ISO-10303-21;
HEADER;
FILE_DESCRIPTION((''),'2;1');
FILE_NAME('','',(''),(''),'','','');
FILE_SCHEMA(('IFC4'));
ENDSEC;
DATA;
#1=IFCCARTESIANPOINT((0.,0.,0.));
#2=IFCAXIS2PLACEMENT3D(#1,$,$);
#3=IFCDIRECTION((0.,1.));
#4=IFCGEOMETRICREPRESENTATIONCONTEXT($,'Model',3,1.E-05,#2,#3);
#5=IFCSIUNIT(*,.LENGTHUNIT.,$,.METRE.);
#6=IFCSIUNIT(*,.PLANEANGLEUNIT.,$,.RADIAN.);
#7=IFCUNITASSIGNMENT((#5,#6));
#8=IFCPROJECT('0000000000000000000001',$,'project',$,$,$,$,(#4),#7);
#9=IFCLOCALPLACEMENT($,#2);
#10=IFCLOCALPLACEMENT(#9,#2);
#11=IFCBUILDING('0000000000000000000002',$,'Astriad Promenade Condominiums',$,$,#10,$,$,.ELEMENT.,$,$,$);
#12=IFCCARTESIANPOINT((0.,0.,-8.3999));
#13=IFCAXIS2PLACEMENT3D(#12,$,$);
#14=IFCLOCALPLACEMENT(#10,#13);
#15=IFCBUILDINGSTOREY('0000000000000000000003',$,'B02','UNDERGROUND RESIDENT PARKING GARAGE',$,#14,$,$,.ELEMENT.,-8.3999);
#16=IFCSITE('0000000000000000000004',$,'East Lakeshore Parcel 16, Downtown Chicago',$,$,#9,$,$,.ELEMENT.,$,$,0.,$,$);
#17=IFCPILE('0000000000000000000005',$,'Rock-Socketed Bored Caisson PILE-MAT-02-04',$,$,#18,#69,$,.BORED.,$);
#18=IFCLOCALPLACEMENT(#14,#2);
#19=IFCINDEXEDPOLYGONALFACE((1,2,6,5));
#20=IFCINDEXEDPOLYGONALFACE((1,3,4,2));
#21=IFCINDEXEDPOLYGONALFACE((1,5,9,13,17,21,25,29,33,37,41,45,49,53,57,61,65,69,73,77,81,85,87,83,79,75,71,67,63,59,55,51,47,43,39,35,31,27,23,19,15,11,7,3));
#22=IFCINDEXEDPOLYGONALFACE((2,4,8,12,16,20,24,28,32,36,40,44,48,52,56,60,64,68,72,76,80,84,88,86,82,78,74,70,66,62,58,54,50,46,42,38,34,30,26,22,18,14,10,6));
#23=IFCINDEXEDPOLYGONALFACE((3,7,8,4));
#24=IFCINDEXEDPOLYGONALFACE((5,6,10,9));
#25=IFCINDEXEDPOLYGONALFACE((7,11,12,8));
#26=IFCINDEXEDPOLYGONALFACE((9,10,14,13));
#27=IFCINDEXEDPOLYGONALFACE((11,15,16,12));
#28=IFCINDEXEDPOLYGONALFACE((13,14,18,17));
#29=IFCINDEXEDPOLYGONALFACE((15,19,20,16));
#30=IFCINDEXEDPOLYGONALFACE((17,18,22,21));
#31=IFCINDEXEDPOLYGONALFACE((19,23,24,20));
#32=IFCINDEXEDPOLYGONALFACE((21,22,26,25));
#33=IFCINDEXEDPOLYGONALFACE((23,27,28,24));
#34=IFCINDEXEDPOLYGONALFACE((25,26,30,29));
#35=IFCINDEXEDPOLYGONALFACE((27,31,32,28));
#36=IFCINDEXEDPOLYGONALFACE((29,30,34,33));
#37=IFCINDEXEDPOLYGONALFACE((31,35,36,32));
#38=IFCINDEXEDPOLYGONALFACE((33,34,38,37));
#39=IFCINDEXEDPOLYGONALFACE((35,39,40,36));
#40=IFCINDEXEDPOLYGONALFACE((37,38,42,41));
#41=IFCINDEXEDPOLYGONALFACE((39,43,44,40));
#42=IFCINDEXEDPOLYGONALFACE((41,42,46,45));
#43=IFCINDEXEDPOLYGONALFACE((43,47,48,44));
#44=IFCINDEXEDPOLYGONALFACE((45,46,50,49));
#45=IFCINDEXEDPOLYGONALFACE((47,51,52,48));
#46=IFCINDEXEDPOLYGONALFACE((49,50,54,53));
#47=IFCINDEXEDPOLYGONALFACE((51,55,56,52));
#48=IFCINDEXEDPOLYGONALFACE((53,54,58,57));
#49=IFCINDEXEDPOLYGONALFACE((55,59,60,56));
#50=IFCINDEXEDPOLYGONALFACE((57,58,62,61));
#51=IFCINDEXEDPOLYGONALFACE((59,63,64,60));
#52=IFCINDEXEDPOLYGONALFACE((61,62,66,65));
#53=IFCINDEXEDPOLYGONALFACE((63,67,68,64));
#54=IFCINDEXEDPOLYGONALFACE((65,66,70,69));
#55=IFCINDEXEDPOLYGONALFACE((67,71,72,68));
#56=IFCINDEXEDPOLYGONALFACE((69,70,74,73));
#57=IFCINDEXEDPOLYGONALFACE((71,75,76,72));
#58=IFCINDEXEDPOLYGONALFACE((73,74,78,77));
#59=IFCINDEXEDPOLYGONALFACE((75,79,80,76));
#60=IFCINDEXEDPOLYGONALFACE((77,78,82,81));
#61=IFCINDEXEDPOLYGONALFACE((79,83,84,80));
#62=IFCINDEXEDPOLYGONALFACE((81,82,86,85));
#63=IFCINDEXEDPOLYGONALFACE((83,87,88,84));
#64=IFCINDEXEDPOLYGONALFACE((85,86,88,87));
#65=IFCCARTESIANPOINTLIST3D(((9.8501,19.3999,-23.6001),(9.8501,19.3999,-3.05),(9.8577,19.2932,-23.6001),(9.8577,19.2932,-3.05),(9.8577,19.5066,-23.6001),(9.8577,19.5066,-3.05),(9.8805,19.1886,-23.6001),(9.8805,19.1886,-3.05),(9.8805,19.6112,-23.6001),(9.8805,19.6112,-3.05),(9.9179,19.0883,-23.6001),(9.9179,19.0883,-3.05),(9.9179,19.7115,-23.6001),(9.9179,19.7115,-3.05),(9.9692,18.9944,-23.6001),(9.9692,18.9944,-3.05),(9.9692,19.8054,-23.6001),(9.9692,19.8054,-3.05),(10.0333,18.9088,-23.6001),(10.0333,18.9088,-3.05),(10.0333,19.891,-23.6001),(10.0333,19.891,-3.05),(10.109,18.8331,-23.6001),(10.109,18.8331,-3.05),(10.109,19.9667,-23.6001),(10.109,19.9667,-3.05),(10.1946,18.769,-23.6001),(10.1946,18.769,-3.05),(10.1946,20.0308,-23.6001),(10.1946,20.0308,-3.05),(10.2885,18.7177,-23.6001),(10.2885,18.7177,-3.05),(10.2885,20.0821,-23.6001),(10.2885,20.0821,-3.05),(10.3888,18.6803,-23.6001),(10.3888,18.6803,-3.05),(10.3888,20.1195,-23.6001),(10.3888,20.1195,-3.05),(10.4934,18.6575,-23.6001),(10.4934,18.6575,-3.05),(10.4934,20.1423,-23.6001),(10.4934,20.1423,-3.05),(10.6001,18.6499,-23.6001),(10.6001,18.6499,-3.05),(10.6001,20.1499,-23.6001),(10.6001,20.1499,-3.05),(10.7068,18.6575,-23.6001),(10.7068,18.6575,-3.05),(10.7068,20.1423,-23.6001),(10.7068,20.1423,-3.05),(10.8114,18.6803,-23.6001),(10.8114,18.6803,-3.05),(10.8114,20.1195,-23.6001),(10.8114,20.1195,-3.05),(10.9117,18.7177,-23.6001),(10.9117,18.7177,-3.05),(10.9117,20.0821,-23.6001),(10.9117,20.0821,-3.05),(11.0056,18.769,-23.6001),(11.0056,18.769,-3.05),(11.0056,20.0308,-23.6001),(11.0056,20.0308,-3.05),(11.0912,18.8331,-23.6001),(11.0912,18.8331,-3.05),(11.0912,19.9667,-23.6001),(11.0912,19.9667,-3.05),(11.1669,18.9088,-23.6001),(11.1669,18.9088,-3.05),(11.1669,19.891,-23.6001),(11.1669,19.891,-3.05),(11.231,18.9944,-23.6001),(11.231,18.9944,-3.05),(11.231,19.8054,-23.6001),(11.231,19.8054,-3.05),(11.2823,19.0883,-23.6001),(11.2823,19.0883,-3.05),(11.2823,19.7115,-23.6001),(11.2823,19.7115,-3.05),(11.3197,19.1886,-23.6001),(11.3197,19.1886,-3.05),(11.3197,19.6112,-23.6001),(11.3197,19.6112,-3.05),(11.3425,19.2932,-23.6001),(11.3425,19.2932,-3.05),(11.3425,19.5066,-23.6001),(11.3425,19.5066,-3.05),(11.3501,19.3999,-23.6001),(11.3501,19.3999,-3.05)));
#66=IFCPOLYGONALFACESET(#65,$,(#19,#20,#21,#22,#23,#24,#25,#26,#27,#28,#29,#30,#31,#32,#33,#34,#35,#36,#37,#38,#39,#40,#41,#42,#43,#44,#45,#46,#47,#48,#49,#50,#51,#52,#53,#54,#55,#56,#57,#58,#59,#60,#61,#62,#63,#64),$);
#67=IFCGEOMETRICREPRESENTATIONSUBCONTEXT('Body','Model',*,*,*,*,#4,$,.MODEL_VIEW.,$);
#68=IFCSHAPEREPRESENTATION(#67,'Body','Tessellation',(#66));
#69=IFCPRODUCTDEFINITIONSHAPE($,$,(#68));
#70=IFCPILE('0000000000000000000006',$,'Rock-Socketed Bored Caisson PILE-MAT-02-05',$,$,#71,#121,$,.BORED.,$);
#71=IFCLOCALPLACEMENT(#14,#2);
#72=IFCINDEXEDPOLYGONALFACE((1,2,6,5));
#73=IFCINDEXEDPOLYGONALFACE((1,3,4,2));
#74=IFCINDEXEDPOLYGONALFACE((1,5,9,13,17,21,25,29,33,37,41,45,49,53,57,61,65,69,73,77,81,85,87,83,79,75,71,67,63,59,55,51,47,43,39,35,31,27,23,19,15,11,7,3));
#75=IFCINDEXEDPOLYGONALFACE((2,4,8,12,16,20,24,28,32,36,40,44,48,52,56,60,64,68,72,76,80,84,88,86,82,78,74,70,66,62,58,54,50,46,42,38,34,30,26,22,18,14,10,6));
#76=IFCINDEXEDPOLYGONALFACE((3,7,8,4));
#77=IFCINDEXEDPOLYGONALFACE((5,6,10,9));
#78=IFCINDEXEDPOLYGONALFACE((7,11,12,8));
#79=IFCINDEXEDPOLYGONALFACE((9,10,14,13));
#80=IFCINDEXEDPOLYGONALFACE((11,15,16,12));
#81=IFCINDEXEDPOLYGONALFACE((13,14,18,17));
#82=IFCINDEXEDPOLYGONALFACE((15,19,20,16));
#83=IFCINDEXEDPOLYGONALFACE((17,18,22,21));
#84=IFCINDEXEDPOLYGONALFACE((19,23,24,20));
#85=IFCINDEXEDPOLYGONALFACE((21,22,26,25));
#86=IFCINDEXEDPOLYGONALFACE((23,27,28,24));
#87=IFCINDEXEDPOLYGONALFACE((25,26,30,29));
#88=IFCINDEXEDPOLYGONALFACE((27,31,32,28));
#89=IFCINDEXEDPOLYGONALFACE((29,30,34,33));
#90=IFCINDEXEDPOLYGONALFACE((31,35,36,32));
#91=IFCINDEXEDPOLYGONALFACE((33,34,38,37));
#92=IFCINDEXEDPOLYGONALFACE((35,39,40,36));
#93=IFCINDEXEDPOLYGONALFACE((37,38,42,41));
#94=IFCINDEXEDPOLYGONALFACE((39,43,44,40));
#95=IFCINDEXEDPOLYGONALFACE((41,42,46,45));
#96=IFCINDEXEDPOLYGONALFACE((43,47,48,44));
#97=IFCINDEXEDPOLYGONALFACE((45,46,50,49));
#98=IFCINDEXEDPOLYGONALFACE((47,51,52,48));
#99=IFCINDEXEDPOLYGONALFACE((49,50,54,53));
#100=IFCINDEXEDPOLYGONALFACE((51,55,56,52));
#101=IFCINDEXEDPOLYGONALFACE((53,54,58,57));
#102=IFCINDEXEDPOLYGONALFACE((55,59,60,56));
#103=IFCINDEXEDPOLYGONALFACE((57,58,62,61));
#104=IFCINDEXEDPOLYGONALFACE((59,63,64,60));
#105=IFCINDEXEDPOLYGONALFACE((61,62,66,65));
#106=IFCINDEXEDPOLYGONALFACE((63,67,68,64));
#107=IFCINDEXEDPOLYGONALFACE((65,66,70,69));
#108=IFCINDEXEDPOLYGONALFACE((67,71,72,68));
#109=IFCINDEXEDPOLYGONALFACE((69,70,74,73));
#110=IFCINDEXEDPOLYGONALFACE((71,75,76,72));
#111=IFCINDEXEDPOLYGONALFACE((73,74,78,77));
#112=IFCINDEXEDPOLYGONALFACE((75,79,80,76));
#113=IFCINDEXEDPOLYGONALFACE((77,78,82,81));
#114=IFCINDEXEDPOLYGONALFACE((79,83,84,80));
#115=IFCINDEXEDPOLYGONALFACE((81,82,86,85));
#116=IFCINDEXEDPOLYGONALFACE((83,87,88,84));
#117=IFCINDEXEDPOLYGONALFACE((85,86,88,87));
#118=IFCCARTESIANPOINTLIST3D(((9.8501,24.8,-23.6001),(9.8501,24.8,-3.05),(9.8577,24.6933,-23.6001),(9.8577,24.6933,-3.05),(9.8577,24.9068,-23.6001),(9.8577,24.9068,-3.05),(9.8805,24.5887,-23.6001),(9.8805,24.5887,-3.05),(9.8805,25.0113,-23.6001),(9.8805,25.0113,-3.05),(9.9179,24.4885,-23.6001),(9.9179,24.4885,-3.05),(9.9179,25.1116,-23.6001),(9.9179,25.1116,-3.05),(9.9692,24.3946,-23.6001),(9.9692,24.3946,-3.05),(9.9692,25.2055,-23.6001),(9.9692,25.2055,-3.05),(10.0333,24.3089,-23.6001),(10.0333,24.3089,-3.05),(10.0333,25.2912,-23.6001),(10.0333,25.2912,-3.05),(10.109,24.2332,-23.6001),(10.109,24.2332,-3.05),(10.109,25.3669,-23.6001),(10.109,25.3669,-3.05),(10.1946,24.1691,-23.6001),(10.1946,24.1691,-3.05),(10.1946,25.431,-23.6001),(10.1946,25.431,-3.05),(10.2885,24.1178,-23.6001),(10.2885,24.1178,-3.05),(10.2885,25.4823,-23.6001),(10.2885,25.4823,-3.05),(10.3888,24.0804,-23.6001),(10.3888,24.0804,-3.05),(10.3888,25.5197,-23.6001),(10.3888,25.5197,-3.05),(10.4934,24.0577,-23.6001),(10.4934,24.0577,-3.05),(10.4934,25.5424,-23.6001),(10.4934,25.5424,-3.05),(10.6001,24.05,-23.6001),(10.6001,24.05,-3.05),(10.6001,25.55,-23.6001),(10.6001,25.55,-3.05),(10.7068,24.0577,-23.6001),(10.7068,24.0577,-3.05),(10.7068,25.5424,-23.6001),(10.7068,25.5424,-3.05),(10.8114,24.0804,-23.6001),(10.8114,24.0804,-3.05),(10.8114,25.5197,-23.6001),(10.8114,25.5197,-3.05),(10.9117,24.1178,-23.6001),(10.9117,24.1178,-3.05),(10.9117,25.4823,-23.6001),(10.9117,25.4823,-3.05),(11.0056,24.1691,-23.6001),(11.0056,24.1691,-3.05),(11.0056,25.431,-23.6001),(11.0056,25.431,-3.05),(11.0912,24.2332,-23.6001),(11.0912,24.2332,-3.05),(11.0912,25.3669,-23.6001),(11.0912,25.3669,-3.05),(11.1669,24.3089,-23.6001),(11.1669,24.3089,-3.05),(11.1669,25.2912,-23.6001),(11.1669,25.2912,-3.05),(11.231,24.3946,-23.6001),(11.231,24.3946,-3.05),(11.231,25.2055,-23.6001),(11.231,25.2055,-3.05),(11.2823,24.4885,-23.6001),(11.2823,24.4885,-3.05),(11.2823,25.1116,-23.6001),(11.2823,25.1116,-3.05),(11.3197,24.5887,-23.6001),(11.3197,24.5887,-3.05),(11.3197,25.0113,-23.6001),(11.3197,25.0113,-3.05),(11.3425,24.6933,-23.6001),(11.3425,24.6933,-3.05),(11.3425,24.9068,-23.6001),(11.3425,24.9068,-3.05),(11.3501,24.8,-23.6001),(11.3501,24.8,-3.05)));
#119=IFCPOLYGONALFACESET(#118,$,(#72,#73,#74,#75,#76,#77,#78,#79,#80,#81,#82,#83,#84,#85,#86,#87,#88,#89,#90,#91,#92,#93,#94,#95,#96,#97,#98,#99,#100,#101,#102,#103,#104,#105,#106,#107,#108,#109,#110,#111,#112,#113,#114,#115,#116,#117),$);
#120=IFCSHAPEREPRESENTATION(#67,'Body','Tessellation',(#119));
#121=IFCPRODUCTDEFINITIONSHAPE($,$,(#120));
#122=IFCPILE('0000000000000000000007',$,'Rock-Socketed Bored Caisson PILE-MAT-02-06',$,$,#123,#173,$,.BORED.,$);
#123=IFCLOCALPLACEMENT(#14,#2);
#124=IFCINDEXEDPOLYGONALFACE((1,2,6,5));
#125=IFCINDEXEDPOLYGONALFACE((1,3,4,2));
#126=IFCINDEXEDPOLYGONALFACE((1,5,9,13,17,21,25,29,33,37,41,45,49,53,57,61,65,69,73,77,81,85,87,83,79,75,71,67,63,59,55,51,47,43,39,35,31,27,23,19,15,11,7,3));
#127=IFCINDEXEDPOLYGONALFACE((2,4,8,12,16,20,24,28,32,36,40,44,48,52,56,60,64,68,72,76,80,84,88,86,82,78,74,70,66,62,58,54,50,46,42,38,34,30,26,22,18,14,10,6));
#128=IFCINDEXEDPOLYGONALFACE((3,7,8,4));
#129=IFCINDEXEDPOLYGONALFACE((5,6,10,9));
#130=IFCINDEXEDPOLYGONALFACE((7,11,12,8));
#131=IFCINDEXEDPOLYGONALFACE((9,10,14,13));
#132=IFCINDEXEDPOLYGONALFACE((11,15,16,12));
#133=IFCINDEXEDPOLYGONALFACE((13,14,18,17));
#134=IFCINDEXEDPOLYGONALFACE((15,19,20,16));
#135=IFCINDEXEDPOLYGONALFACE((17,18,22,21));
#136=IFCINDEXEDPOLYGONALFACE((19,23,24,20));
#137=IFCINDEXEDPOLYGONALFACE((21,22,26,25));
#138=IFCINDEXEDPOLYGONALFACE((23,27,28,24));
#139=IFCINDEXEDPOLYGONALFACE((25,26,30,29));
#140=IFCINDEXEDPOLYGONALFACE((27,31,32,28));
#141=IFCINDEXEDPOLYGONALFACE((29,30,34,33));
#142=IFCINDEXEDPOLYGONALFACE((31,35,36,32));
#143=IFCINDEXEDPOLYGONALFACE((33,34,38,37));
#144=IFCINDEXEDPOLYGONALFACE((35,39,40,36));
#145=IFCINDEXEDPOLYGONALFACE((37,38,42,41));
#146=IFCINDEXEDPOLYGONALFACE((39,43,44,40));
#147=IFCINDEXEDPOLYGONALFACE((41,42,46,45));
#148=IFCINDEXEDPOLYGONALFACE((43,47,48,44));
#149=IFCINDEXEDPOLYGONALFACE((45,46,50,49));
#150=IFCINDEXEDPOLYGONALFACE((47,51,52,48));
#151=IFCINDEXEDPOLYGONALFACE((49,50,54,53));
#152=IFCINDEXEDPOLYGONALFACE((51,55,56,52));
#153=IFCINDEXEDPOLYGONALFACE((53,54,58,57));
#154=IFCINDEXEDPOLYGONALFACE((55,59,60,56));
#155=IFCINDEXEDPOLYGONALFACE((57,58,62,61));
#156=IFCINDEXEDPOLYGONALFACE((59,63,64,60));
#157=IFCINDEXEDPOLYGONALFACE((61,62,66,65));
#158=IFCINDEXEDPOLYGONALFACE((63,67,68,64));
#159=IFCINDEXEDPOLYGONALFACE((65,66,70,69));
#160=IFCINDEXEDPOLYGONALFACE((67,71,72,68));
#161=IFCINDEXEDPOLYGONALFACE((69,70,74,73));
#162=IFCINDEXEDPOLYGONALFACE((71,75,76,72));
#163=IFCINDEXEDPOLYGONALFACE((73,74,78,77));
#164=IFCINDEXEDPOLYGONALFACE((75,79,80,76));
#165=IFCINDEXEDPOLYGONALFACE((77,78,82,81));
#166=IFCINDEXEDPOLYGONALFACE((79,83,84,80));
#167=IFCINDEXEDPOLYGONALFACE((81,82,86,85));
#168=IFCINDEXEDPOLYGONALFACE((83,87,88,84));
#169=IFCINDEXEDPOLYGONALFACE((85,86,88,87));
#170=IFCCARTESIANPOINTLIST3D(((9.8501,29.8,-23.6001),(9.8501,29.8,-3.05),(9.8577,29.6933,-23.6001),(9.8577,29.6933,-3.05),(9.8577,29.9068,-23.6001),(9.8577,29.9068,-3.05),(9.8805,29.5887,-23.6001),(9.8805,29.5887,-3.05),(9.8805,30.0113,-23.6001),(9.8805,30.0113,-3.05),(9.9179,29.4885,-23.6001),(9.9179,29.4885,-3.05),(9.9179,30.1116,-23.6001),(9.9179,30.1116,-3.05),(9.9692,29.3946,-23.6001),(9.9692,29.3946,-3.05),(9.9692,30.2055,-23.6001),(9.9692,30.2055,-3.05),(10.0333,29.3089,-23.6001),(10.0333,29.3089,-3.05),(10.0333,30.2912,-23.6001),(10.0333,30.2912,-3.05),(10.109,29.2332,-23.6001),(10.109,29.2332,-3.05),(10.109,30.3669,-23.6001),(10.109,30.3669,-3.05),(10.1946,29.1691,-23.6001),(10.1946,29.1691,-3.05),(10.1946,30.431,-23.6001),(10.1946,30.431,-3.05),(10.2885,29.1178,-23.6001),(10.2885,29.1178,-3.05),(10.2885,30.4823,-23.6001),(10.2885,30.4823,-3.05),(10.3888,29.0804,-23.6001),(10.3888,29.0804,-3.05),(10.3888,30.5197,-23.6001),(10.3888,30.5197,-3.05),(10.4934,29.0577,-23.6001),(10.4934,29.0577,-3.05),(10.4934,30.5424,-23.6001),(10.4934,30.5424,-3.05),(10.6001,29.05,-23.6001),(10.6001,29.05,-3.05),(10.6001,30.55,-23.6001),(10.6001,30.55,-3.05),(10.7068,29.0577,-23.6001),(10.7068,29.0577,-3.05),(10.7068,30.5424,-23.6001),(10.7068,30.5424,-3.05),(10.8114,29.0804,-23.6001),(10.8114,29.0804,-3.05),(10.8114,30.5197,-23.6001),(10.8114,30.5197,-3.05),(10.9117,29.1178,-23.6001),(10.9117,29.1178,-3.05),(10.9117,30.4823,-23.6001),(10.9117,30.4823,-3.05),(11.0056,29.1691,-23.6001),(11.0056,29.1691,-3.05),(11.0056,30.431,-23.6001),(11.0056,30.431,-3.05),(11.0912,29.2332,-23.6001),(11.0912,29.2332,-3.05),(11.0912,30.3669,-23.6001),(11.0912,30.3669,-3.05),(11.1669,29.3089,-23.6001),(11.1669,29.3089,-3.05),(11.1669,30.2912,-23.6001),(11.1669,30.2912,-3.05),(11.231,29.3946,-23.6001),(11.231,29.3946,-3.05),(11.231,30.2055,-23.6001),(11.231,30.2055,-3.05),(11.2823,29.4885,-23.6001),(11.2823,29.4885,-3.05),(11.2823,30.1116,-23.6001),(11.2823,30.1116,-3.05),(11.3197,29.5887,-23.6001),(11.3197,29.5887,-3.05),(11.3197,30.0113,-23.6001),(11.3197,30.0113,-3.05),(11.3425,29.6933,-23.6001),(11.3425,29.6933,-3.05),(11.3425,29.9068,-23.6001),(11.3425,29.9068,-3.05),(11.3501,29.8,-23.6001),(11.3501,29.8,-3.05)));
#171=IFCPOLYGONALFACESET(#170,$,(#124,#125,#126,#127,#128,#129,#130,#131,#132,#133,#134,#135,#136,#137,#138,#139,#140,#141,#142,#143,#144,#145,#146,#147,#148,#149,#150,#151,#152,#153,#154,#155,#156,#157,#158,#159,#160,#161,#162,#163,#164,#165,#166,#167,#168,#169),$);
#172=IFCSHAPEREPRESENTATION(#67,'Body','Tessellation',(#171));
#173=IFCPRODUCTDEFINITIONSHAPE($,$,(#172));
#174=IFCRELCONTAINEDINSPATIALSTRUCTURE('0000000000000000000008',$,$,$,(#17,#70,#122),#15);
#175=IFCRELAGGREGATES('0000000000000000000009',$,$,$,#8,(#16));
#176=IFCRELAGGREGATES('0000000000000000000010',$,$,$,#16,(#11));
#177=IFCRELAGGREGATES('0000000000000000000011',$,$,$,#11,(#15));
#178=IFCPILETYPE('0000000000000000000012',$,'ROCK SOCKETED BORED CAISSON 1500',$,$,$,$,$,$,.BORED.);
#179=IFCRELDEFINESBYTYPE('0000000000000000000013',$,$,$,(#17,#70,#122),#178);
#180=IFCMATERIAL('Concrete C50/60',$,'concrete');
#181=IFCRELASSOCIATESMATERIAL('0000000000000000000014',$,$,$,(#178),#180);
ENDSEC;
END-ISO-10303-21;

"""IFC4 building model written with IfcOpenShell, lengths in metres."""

from ifc_helpers import new_model, si_unit, direction, frame, origin, origin_2d, place, context, subcontext, project, spatial, circle, extrude, source, transform, mapped, material, material_profile, profile_set, type_object, type_shapes, element, save


model = new_model("IFC4")

# Units and contexts
model_context = context("Model", 3, precision=1e-05, world=origin(), true_north=direction((0.0, 1.0)))
body_context = subcontext(model_context, "Body", "Model", "MODEL_VIEW")
ifc_project = project(units=[si_unit("LENGTHUNIT", "METRE"), si_unit("PLANEANGLEUNIT", "RADIAN")], contexts=[model_context])

# Site, building, storey
site_placement = place(None, origin())
site = spatial("IfcSite", under=ifc_project, at=site_placement, Name="East Lakeshore Parcel 16, Downtown Chicago", CompositionType="ELEMENT", RefElevation=0.0)
building_placement = place(site_placement, origin())
building = spatial("IfcBuilding", under=site, at=building_placement, Name="Astriad Promenade Condominiums", CompositionType="ELEMENT")
storey_placement = place(building_placement, frame((0.0, 0.0, -8.3999)))
storey = spatial("IfcBuildingStorey", under=building, at=storey_placement, Name="B02", Description="UNDERGROUND RESIDENT PARKING GARAGE", CompositionType="ELEMENT", Elevation=-8.3999)

# Piles
ifc_material_1 = material(Name="Concrete C50/60", Category="concrete")
ifc_material_profile_1 = material_profile(ifc_material_1, circle(Radius=0.75, at=origin_2d()), Name="CAISSON-D1500")
ifc_profile_set_1 = profile_set([ifc_material_profile_1], Name="Concrete C50/60")
pile_type_1 = type_object("IfcPileType", Name="ROCK SOCKETED BORED CAISSON 1500", PredefinedType="BORED", material=ifc_profile_set_1)
shared_shape_1 = source(origin(), body_context, "Body", "SweptSolid", [
    extrude(circle(Radius=0.75, at=origin_2d()), origin(), (0.0, 0.0, 1.0), 20.55),
])
type_shapes(pile_type_1, [shared_shape_1])
for number, where, z_axis, x_axis, name in (
    (1, (10.6001, 19.3999, -3.05), (0.0, 0.0, -1.0), (1.0, 0.0, 0.0), "Rock-Socketed Bored Caisson PILE-MAT-02-04"),
    (2, (10.6001, 24.8, -3.05), (0.0, 0.0, -1.0), (1.0, 0.0, 0.0), "Rock-Socketed Bored Caisson PILE-MAT-02-05"),
    (3, (10.6001, 29.8, -3.05), (0.0, 0.0, -1.0), (1.0, 0.0, 0.0), "Rock-Socketed Bored Caisson PILE-MAT-02-06"),
):
    element("IfcPile", number, at=place(storey_placement, frame(where, z_axis=z_axis, x_axis=x_axis)), inside=storey, type_object=pile_type_1, Name=name, PredefinedType="BORED", context=body_context, shape_type="MappedRepresentation", body=[
        mapped(shared_shape_1, transform((0.0, 0.0, 0.0), scale=1.0)),
    ])

save(model, "model.ifc")
